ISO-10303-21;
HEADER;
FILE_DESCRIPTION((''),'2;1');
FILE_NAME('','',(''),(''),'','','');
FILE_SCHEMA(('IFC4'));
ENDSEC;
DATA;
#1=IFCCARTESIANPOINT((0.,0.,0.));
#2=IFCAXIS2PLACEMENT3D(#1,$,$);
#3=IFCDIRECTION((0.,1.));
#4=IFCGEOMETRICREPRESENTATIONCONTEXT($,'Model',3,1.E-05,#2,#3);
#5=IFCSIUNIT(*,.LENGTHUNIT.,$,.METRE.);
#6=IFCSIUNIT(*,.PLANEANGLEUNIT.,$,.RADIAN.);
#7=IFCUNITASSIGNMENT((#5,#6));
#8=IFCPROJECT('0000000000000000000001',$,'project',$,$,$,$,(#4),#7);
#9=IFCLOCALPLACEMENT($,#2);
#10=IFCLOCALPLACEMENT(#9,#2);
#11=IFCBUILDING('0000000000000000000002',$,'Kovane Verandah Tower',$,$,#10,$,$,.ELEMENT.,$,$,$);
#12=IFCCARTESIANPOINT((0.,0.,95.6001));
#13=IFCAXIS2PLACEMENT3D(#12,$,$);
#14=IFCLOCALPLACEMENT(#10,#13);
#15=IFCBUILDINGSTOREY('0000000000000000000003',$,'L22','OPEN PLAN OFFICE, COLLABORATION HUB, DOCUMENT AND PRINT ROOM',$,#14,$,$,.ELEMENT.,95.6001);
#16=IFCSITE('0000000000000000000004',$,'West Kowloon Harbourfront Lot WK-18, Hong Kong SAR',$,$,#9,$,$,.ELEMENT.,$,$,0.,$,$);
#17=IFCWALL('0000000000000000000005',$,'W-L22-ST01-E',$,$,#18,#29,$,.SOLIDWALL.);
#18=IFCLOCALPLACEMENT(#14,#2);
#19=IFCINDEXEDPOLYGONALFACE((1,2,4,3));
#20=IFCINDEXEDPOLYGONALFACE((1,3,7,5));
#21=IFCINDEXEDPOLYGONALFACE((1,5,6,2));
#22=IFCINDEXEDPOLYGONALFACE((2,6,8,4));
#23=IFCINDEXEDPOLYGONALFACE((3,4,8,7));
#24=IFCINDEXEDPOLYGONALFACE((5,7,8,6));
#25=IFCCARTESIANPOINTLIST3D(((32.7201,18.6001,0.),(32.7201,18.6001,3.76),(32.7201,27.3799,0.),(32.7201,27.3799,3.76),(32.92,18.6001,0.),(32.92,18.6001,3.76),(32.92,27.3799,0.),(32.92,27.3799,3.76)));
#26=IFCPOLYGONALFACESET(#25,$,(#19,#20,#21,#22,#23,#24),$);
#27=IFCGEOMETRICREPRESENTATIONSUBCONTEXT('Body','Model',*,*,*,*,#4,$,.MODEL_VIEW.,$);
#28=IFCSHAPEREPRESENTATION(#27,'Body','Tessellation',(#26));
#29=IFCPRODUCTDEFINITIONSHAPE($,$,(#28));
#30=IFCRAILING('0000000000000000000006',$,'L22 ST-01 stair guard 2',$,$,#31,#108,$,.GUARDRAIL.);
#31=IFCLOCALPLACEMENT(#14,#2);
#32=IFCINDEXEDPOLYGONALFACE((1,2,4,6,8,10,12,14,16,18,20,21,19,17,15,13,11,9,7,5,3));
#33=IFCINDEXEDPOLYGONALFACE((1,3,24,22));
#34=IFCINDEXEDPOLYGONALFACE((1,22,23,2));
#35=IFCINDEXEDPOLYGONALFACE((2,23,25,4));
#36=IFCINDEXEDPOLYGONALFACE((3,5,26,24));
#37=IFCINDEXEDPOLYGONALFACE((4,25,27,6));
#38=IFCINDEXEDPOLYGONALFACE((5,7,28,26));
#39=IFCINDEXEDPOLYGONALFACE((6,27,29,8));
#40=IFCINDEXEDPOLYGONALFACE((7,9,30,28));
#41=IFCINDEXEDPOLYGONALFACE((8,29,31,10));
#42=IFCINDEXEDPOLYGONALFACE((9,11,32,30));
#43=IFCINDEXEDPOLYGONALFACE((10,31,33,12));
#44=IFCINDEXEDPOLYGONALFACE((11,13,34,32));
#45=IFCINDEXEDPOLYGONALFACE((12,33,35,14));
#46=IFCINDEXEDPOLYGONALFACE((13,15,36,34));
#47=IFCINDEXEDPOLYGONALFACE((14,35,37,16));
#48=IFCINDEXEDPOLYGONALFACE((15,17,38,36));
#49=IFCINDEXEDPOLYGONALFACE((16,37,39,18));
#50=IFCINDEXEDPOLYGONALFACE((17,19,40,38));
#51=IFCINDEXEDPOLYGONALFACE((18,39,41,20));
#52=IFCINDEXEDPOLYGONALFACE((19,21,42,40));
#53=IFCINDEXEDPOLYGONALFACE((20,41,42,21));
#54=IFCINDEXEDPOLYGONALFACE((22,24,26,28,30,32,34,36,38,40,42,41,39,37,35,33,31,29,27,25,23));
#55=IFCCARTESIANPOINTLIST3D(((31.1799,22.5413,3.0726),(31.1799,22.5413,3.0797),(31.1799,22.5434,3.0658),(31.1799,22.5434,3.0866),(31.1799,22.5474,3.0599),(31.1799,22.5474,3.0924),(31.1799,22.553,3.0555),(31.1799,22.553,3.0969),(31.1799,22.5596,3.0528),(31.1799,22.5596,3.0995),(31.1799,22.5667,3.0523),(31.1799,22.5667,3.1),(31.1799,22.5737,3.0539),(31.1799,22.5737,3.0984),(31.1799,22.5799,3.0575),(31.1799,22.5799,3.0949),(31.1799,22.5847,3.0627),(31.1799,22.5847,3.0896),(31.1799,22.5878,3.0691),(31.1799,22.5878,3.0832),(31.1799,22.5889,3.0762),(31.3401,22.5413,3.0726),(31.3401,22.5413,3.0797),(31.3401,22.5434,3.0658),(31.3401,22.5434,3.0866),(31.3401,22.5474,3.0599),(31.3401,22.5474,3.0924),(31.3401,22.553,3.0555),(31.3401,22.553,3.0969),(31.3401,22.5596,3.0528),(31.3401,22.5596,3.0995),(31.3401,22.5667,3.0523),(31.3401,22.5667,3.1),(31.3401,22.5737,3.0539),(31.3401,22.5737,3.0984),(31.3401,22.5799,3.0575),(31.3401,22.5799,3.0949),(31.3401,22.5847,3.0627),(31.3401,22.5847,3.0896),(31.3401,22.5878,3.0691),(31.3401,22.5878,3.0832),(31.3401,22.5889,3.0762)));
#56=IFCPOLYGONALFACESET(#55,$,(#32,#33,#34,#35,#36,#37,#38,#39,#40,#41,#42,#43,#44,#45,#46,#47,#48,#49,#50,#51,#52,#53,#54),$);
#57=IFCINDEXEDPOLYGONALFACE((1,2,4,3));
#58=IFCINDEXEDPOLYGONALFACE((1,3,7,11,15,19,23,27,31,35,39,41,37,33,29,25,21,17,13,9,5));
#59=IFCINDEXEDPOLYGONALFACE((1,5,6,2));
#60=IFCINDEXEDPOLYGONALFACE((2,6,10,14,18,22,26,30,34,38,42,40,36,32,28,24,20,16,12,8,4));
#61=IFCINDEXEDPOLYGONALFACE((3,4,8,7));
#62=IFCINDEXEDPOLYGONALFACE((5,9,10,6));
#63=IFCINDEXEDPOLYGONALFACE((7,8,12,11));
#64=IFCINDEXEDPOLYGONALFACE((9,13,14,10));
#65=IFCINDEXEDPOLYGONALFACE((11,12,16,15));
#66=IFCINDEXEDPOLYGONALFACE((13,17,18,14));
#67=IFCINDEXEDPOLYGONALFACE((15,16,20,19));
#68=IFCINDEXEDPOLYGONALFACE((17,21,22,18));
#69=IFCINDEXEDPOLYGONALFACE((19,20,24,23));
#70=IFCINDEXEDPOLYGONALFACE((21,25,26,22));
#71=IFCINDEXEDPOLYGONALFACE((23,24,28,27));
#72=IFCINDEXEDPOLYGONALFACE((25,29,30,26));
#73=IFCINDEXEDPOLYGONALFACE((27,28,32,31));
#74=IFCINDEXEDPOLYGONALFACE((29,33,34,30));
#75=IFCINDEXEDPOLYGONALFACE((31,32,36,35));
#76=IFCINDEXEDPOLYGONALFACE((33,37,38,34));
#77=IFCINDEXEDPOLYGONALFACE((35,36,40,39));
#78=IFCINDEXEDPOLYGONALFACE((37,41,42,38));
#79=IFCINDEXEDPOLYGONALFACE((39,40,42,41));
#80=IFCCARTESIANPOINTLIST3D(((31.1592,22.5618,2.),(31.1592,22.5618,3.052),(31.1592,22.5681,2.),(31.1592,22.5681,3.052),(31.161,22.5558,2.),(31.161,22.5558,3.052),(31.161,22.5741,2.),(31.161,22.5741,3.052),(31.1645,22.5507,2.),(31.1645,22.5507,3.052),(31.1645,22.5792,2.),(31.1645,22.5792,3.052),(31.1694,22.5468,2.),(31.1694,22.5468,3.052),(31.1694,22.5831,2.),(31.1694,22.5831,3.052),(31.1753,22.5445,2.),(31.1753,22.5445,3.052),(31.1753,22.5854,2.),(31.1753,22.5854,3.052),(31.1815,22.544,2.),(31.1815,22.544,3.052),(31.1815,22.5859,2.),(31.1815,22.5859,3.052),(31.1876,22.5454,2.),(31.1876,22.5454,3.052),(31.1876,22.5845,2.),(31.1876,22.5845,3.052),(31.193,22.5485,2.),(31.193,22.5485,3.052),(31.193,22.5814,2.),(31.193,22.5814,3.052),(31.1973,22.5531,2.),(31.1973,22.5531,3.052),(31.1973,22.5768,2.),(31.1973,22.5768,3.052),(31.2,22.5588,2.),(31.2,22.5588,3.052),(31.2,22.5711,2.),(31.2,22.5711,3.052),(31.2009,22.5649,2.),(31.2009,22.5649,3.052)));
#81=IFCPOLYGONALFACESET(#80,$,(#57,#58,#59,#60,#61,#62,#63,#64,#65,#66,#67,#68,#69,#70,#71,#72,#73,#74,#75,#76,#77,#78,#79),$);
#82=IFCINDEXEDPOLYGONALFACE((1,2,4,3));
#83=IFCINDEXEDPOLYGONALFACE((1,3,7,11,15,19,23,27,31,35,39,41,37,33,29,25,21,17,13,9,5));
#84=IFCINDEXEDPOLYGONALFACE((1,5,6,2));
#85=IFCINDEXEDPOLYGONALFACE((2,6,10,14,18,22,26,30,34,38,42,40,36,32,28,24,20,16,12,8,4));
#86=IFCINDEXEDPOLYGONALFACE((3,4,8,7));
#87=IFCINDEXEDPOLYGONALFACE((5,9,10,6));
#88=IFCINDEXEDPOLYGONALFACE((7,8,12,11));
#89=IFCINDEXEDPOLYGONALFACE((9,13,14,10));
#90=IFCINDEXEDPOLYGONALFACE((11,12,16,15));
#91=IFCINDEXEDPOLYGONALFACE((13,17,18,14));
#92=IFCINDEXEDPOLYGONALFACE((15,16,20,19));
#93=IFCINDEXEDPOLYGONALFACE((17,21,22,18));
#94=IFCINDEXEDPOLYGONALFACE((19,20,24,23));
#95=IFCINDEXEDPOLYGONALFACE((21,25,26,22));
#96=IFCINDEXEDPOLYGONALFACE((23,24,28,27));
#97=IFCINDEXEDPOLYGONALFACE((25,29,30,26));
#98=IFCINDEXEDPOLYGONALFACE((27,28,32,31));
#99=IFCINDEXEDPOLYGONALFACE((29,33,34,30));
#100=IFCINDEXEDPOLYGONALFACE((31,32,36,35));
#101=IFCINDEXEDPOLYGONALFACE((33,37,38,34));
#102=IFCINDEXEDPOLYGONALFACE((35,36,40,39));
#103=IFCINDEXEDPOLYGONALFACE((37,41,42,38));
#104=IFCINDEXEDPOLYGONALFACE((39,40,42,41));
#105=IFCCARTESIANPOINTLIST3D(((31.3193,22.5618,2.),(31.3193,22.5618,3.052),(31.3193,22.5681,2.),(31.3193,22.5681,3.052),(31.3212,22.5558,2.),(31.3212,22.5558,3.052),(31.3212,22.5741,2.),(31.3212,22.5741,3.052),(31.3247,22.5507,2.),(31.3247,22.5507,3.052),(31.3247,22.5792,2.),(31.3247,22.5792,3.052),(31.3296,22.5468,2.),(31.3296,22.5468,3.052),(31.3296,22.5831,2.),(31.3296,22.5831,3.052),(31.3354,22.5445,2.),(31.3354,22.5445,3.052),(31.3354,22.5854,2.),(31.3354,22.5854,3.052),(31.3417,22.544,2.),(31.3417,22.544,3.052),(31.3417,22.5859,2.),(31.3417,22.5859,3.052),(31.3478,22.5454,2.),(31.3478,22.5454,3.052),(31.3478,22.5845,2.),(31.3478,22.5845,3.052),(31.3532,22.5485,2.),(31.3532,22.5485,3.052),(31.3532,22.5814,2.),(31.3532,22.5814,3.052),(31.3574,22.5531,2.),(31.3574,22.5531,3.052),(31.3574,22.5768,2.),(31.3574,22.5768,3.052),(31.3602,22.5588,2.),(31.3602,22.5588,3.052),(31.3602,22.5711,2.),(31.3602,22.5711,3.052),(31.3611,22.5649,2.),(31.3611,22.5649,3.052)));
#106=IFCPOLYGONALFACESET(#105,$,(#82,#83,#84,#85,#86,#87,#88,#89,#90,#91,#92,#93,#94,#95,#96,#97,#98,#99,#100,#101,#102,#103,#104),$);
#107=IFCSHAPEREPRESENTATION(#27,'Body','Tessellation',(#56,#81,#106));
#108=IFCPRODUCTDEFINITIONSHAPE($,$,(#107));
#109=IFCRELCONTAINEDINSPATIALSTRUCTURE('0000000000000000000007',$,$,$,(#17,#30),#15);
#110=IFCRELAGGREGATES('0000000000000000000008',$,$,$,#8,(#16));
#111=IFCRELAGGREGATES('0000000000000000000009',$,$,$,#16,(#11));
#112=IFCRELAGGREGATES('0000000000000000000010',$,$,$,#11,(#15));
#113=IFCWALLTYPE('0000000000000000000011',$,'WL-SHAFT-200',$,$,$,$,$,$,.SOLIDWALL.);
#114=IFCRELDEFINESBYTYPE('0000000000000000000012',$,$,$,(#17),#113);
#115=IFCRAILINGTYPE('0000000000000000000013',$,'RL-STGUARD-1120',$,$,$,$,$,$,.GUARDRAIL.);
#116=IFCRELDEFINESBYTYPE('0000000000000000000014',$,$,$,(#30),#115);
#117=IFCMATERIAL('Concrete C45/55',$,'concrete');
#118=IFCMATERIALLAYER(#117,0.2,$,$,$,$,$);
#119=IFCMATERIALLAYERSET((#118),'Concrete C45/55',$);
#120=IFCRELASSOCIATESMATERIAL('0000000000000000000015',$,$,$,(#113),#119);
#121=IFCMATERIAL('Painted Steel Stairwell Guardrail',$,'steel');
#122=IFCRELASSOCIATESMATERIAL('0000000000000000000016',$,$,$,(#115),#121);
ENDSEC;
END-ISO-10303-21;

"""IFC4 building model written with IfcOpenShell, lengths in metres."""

from ifc_helpers import new_model, si_unit, direction, frame, frame_2d, origin, origin_2d, place, context, subcontext, project, spatial, rectangle, circle, extrude, material, layer, layer_set, type_object, element, save


model = new_model("IFC4")

# Units and contexts
model_context = context("Model", 3, precision=1e-05, world=origin(), true_north=direction((0.0, 1.0)))
body_context = subcontext(model_context, "Body", "Model", "MODEL_VIEW")
ifc_project = project(units=[si_unit("LENGTHUNIT", "METRE"), si_unit("PLANEANGLEUNIT", "RADIAN")], contexts=[model_context])

# Site, building, storey
site_placement = place(None, origin())
site = spatial("IfcSite", under=ifc_project, at=site_placement, Name="West Kowloon Harbourfront Lot WK-18, Hong Kong SAR", CompositionType="ELEMENT", RefElevation=0.0)
building_placement = place(site_placement, origin())
building = spatial("IfcBuilding", under=site, at=building_placement, Name="Kovane Verandah Tower", CompositionType="ELEMENT")
storey_placement = place(building_placement, frame((0.0, 0.0, 95.6001)))
storey = spatial("IfcBuildingStorey", under=building, at=storey_placement, Name="L22", Description="OPEN PLAN OFFICE, COLLABORATION HUB, DOCUMENT AND PRINT ROOM", CompositionType="ELEMENT", Elevation=95.6001)

# Wall
ifc_material_1 = material(Name="Concrete C45/55", Category="concrete")
ifc_layer_1 = layer(ifc_material_1, 0.2)
ifc_layer_set_1 = layer_set([ifc_layer_1], Name="Concrete C45/55")
wall_type_1 = type_object("IfcWallType", Name="WL-SHAFT-200", PredefinedType="SOLIDWALL", material=ifc_layer_set_1)
wall_1_placement = place(storey_placement, frame((32.8201, 18.6001, 0.0), z_axis=(0.0, 0.0, 1.0), x_axis=(0.0, 1.0, 0.0)))
element("IfcWall", 1, at=wall_1_placement, inside=storey, type_object=wall_type_1, Name="W-L22-ST01-E", PredefinedType="SOLIDWALL", context=body_context, shape_type="SweptSolid", body=[
    extrude(rectangle(XDim=8.7798, YDim=0.2, at=frame_2d((4.3899, 0.0))), origin(), (0.0, 0.0, 1.0), 3.76),
])

# Railing
ifc_material_2 = material(Name="Painted Steel Stairwell Guardrail", Category="steel")
railing_type_1 = type_object("IfcRailingType", Name="RL-STGUARD-1120", PredefinedType="GUARDRAIL", material=ifc_material_2)
railing_1_placement = place(storey_placement, frame((31.1799, 22.5649, 2.0)))
element("IfcRailing", 2, at=railing_1_placement, inside=storey, type_object=railing_type_1, Name="L22 ST-01 stair guard 2", PredefinedType="GUARDRAIL", context=body_context, shape_type="SweptSolid", body=[
    extrude(circle(Radius=0.0239, at=origin_2d()), frame((0.0, 0.0, 1.0762), z_axis=(1.0, 0.0, 0.0), x_axis=(0.0, 1.0, 0.0)), (0.0, 0.0, 1.0), 0.1602),
    extrude(circle(Radius=0.021, at=origin_2d()), origin(), (0.0, 0.0, 1.0), 1.052),
    extrude(circle(Radius=0.021, at=origin_2d()), frame((0.1602, 0.0, 0.0)), (0.0, 0.0, 1.0), 1.052),
])

save(model, "model.ifc")
